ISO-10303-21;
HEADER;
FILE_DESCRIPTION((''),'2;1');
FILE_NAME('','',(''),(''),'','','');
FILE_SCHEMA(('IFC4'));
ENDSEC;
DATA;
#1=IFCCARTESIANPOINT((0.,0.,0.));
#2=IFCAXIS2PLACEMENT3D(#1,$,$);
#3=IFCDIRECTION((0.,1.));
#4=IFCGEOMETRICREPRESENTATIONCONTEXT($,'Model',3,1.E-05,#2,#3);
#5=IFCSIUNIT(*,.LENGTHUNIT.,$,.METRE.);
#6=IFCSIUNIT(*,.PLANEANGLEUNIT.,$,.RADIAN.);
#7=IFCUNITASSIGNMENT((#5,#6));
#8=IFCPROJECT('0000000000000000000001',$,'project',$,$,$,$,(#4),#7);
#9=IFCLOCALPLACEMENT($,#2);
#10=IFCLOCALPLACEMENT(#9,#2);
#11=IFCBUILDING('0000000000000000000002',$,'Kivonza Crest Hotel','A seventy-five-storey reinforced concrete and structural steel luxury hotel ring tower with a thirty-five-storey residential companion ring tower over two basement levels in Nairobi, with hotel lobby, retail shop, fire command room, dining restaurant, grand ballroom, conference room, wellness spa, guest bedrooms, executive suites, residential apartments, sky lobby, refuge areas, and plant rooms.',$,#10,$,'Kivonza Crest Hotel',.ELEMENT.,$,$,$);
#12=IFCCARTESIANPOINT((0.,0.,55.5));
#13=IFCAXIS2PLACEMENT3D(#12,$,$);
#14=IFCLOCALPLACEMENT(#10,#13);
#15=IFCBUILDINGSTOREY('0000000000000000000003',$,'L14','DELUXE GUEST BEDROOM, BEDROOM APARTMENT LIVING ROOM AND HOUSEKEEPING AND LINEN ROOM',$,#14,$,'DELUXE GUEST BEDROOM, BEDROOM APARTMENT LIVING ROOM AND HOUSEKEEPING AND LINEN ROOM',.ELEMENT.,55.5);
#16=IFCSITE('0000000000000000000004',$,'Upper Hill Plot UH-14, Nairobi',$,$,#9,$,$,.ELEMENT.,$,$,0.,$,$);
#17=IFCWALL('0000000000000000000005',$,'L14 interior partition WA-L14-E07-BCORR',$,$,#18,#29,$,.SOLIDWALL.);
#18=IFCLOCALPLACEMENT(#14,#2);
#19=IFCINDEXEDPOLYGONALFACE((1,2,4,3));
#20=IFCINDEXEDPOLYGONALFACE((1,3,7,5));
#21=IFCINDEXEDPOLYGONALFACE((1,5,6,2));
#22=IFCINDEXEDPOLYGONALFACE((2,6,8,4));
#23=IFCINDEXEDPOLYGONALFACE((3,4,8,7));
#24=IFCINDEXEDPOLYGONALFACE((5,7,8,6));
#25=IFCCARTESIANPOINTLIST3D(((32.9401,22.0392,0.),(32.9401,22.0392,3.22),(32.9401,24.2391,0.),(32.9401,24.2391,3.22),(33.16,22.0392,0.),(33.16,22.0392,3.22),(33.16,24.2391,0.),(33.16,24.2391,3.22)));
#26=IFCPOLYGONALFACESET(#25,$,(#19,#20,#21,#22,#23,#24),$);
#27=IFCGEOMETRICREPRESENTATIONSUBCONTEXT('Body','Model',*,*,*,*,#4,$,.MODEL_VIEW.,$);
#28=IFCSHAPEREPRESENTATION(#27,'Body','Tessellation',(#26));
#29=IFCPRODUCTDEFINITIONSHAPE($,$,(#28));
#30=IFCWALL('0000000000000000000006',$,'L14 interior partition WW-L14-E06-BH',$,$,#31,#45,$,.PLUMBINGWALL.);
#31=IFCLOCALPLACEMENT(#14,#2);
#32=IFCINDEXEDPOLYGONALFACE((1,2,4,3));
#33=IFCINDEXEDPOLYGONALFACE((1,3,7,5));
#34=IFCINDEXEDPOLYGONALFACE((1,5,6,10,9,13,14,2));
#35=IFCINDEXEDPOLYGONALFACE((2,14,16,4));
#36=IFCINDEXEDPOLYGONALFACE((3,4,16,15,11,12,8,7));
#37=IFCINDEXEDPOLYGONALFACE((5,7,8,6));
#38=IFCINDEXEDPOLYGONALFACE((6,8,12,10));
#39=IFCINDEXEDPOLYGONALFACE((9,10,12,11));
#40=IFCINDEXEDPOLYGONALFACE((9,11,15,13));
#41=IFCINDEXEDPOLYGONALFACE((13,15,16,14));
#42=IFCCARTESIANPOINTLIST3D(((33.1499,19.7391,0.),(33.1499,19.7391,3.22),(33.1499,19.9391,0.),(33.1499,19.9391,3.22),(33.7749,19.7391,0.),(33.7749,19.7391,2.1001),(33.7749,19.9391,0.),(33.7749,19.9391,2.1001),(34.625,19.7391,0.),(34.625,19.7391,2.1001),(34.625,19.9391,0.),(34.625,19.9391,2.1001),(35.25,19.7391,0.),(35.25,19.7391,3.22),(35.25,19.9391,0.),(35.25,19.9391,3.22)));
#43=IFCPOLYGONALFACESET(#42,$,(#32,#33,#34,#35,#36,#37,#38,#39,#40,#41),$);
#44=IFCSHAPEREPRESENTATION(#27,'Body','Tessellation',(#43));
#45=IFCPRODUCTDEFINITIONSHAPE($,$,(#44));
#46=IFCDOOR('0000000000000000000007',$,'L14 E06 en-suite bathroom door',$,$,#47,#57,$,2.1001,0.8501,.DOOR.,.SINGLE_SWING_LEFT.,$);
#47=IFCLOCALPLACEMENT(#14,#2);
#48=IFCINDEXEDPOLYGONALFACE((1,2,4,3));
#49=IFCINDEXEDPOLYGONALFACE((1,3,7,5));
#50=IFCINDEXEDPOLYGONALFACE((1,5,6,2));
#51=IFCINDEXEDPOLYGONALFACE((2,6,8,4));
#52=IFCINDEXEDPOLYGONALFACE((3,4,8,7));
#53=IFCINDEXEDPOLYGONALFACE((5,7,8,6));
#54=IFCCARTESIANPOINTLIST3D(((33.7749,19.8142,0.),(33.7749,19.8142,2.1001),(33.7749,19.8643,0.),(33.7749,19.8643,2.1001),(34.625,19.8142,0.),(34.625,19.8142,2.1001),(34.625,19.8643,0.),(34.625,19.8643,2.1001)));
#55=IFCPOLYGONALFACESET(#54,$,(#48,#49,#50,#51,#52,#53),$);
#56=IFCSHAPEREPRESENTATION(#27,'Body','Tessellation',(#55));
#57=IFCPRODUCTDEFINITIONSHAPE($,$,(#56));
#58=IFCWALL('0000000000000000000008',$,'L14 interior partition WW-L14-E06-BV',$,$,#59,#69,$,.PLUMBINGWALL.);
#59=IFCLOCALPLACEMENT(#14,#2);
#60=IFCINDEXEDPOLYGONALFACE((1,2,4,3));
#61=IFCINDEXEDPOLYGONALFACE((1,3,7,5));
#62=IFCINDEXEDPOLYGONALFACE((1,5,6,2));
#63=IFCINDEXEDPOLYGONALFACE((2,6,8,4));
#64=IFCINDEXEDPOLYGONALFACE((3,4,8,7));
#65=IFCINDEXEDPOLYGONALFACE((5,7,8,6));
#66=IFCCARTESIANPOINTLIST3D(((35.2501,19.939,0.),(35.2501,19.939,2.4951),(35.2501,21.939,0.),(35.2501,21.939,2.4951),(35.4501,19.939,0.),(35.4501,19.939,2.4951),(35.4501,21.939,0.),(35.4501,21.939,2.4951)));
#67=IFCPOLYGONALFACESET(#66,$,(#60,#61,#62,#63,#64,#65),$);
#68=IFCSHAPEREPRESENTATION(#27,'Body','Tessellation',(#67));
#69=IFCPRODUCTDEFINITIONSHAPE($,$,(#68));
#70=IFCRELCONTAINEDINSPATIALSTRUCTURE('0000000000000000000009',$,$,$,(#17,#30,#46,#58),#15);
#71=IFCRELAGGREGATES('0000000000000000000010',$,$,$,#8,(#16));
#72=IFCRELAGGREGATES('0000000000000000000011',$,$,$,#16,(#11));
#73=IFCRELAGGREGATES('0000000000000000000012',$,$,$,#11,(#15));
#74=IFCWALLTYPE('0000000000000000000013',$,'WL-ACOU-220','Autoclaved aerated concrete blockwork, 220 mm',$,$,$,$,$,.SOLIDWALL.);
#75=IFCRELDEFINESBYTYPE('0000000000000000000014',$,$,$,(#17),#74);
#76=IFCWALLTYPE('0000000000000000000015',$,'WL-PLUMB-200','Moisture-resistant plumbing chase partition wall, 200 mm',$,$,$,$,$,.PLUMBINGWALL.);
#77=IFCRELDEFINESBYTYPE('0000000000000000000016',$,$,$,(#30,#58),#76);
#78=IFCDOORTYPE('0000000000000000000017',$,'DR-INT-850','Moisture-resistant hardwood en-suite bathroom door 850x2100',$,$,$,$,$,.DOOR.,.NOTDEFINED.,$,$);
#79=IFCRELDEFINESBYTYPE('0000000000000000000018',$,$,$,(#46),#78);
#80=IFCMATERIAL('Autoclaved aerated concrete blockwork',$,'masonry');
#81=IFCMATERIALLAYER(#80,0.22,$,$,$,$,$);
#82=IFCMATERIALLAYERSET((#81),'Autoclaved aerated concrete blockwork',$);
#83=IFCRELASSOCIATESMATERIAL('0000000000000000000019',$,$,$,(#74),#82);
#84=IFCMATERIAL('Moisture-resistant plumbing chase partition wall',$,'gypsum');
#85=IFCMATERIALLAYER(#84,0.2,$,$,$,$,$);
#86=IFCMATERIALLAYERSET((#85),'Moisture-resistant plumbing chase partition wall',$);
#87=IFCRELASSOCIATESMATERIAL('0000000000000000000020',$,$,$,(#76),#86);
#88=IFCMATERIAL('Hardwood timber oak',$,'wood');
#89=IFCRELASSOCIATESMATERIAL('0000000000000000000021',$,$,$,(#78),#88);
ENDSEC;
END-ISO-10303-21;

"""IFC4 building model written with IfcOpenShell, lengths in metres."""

from ifc_helpers import new_model, si_unit, direction, frame, frame_2d, origin, place, context, subcontext, project, spatial, rectangle, extrude, material, layer, layer_set, type_object, element, fill, save


model = new_model("IFC4")

# Units and contexts
model_context = context("Model", 3, precision=1e-05, world=origin(), true_north=direction((0.0, 1.0)))
body_context = subcontext(model_context, "Body", "Model", "MODEL_VIEW")
ifc_project = project(units=[si_unit("LENGTHUNIT", "METRE"), si_unit("PLANEANGLEUNIT", "RADIAN")], contexts=[model_context])

# Site, building, storey
site_placement = place(None, origin())
site = spatial("IfcSite", under=ifc_project, at=site_placement, Name="Upper Hill Plot UH-14, Nairobi", CompositionType="ELEMENT", RefElevation=0.0)
building_placement = place(site_placement, origin())
building = spatial("IfcBuilding", under=site, at=building_placement, Name="Kivonza Crest Hotel", Description="A seventy-five-storey reinforced concrete and structural steel luxury hotel ring tower with a thirty-five-storey residential companion ring tower over two basement levels in Nairobi, with hotel lobby, retail shop, fire command room, dining restaurant, grand ballroom, conference room, wellness spa, guest bedrooms, executive suites, residential apartments, sky lobby, refuge areas, and plant rooms.", LongName="Kivonza Crest Hotel", CompositionType="ELEMENT")
storey_placement = place(building_placement, frame((0.0, 0.0, 55.5)))
storey = spatial("IfcBuildingStorey", under=building, at=storey_placement, Name="L14", Description="DELUXE GUEST BEDROOM, BEDROOM APARTMENT LIVING ROOM AND HOUSEKEEPING AND LINEN ROOM", LongName="DELUXE GUEST BEDROOM, BEDROOM APARTMENT LIVING ROOM AND HOUSEKEEPING AND LINEN ROOM", CompositionType="ELEMENT", Elevation=55.5)

# Wall
ifc_material_1 = material(Name="Autoclaved aerated concrete blockwork", Category="masonry")
ifc_layer_1 = layer(ifc_material_1, 0.22)
ifc_layer_set_1 = layer_set([ifc_layer_1], Name="Autoclaved aerated concrete blockwork")
wall_type_1 = type_object("IfcWallType", Name="WL-ACOU-220", Description="Autoclaved aerated concrete blockwork, 220 mm", PredefinedType="SOLIDWALL", material=ifc_layer_set_1)
wall_1_placement = place(storey_placement, frame((33.05, 22.0391, 0.0), z_axis=(0.0, 0.0, 1.0), x_axis=(0.0, 1.0, 0.0)))
element("IfcWall", 1, at=wall_1_placement, inside=storey, type_object=wall_type_1, Name="L14 interior partition WA-L14-E07-BCORR", PredefinedType="SOLIDWALL", context=body_context, shape_type="SweptSolid", body=[
    extrude(rectangle(XDim=2.2, YDim=0.22, at=frame_2d((1.1001, 0.0))), origin(), (0.0, 0.0, 1.0), 3.22),
])

# Wall, opening, door
ifc_material_2 = material(Name="Moisture-resistant plumbing chase partition wall", Category="gypsum")
ifc_layer_2 = layer(ifc_material_2, 0.2)
ifc_layer_set_2 = layer_set([ifc_layer_2], Name="Moisture-resistant plumbing chase partition wall")
wall_type_2 = type_object("IfcWallType", Name="WL-PLUMB-200", Description="Moisture-resistant plumbing chase partition wall, 200 mm", PredefinedType="PLUMBINGWALL", material=ifc_layer_set_2)
wall_2_placement = place(storey_placement, frame((33.1499, 19.8391, 0.0), z_axis=(0.0, 0.0, 1.0), x_axis=(1.0, 0.0, 0.0)))
wall_2 = element("IfcWall", 2, at=wall_2_placement, inside=storey, type_object=wall_type_2, Name="L14 interior partition WW-L14-E06-BH", PredefinedType="PLUMBINGWALL", context=body_context, shape_type="SweptSolid", body=[
    extrude(rectangle(XDim=2.1001, YDim=0.2, at=frame_2d((1.05, 0.0))), origin(), (0.0, 0.0, 1.0), 3.22),
])
opening_placement = place(wall_2_placement, frame((0.625, 0.0, 0.0)))
opening = element("IfcOpeningElement", 3, at=opening_placement, cuts=wall_2, PredefinedType="OPENING", context=body_context, shape_type="SweptSolid", body=[
    extrude(rectangle(XDim=0.8501, YDim=2.1001, at=frame_2d((0.425, 1.05))), frame((0.0, 0.1099, 0.0), z_axis=(0.0, -1.0, 0.0), x_axis=(1.0, 0.0, 0.0)), (0.0, 0.0, 1.0), 0.22),
])
ifc_material_3 = material(Name="Hardwood timber oak", Category="wood")
door_type = type_object("IfcDoorType", Name="DR-INT-850", Description="Moisture-resistant hardwood en-suite bathroom door 850x2100", OperationType="NOTDEFINED", PredefinedType="DOOR", material=ifc_material_3)
door_placement = place(opening_placement, frame((0.8501, 0.0, 0.0), z_axis=(0.0, 0.0, 1.0), x_axis=(-1.0, 0.0, 0.0)))
door = element("IfcDoor", 4, at=door_placement, inside=storey, type_object=door_type, Name="L14 E06 en-suite bathroom door", OperationType="SINGLE_SWING_LEFT", OverallHeight=2.1001, OverallWidth=0.8501, PredefinedType="DOOR", context=body_context, shape_type="SweptSolid", body=[
    extrude(rectangle(XDim=0.8501, YDim=2.1001, at=frame_2d((0.425, 1.05))), frame((0.0, 0.0249, 0.0), z_axis=(0.0, -1.0, 0.0), x_axis=(1.0, 0.0, 0.0)), (0.0, 0.0, 1.0), 0.05),
])
fill(opening, door)

# Wall
wall_3_placement = place(storey_placement, frame((35.3501, 19.939, 0.0), z_axis=(0.0, 0.0, 1.0), x_axis=(0.0, 1.0, 0.0)))
element("IfcWall", 5, at=wall_3_placement, inside=storey, type_object=wall_type_2, Name="L14 interior partition WW-L14-E06-BV", PredefinedType="PLUMBINGWALL", context=body_context, shape_type="SweptSolid", body=[
    extrude(rectangle(XDim=2.0, YDim=0.2, at=frame_2d((1.0, 0.0))), origin(), (0.0, 0.0, 1.0), 2.4951),
])

save(model, "model.ifc")
